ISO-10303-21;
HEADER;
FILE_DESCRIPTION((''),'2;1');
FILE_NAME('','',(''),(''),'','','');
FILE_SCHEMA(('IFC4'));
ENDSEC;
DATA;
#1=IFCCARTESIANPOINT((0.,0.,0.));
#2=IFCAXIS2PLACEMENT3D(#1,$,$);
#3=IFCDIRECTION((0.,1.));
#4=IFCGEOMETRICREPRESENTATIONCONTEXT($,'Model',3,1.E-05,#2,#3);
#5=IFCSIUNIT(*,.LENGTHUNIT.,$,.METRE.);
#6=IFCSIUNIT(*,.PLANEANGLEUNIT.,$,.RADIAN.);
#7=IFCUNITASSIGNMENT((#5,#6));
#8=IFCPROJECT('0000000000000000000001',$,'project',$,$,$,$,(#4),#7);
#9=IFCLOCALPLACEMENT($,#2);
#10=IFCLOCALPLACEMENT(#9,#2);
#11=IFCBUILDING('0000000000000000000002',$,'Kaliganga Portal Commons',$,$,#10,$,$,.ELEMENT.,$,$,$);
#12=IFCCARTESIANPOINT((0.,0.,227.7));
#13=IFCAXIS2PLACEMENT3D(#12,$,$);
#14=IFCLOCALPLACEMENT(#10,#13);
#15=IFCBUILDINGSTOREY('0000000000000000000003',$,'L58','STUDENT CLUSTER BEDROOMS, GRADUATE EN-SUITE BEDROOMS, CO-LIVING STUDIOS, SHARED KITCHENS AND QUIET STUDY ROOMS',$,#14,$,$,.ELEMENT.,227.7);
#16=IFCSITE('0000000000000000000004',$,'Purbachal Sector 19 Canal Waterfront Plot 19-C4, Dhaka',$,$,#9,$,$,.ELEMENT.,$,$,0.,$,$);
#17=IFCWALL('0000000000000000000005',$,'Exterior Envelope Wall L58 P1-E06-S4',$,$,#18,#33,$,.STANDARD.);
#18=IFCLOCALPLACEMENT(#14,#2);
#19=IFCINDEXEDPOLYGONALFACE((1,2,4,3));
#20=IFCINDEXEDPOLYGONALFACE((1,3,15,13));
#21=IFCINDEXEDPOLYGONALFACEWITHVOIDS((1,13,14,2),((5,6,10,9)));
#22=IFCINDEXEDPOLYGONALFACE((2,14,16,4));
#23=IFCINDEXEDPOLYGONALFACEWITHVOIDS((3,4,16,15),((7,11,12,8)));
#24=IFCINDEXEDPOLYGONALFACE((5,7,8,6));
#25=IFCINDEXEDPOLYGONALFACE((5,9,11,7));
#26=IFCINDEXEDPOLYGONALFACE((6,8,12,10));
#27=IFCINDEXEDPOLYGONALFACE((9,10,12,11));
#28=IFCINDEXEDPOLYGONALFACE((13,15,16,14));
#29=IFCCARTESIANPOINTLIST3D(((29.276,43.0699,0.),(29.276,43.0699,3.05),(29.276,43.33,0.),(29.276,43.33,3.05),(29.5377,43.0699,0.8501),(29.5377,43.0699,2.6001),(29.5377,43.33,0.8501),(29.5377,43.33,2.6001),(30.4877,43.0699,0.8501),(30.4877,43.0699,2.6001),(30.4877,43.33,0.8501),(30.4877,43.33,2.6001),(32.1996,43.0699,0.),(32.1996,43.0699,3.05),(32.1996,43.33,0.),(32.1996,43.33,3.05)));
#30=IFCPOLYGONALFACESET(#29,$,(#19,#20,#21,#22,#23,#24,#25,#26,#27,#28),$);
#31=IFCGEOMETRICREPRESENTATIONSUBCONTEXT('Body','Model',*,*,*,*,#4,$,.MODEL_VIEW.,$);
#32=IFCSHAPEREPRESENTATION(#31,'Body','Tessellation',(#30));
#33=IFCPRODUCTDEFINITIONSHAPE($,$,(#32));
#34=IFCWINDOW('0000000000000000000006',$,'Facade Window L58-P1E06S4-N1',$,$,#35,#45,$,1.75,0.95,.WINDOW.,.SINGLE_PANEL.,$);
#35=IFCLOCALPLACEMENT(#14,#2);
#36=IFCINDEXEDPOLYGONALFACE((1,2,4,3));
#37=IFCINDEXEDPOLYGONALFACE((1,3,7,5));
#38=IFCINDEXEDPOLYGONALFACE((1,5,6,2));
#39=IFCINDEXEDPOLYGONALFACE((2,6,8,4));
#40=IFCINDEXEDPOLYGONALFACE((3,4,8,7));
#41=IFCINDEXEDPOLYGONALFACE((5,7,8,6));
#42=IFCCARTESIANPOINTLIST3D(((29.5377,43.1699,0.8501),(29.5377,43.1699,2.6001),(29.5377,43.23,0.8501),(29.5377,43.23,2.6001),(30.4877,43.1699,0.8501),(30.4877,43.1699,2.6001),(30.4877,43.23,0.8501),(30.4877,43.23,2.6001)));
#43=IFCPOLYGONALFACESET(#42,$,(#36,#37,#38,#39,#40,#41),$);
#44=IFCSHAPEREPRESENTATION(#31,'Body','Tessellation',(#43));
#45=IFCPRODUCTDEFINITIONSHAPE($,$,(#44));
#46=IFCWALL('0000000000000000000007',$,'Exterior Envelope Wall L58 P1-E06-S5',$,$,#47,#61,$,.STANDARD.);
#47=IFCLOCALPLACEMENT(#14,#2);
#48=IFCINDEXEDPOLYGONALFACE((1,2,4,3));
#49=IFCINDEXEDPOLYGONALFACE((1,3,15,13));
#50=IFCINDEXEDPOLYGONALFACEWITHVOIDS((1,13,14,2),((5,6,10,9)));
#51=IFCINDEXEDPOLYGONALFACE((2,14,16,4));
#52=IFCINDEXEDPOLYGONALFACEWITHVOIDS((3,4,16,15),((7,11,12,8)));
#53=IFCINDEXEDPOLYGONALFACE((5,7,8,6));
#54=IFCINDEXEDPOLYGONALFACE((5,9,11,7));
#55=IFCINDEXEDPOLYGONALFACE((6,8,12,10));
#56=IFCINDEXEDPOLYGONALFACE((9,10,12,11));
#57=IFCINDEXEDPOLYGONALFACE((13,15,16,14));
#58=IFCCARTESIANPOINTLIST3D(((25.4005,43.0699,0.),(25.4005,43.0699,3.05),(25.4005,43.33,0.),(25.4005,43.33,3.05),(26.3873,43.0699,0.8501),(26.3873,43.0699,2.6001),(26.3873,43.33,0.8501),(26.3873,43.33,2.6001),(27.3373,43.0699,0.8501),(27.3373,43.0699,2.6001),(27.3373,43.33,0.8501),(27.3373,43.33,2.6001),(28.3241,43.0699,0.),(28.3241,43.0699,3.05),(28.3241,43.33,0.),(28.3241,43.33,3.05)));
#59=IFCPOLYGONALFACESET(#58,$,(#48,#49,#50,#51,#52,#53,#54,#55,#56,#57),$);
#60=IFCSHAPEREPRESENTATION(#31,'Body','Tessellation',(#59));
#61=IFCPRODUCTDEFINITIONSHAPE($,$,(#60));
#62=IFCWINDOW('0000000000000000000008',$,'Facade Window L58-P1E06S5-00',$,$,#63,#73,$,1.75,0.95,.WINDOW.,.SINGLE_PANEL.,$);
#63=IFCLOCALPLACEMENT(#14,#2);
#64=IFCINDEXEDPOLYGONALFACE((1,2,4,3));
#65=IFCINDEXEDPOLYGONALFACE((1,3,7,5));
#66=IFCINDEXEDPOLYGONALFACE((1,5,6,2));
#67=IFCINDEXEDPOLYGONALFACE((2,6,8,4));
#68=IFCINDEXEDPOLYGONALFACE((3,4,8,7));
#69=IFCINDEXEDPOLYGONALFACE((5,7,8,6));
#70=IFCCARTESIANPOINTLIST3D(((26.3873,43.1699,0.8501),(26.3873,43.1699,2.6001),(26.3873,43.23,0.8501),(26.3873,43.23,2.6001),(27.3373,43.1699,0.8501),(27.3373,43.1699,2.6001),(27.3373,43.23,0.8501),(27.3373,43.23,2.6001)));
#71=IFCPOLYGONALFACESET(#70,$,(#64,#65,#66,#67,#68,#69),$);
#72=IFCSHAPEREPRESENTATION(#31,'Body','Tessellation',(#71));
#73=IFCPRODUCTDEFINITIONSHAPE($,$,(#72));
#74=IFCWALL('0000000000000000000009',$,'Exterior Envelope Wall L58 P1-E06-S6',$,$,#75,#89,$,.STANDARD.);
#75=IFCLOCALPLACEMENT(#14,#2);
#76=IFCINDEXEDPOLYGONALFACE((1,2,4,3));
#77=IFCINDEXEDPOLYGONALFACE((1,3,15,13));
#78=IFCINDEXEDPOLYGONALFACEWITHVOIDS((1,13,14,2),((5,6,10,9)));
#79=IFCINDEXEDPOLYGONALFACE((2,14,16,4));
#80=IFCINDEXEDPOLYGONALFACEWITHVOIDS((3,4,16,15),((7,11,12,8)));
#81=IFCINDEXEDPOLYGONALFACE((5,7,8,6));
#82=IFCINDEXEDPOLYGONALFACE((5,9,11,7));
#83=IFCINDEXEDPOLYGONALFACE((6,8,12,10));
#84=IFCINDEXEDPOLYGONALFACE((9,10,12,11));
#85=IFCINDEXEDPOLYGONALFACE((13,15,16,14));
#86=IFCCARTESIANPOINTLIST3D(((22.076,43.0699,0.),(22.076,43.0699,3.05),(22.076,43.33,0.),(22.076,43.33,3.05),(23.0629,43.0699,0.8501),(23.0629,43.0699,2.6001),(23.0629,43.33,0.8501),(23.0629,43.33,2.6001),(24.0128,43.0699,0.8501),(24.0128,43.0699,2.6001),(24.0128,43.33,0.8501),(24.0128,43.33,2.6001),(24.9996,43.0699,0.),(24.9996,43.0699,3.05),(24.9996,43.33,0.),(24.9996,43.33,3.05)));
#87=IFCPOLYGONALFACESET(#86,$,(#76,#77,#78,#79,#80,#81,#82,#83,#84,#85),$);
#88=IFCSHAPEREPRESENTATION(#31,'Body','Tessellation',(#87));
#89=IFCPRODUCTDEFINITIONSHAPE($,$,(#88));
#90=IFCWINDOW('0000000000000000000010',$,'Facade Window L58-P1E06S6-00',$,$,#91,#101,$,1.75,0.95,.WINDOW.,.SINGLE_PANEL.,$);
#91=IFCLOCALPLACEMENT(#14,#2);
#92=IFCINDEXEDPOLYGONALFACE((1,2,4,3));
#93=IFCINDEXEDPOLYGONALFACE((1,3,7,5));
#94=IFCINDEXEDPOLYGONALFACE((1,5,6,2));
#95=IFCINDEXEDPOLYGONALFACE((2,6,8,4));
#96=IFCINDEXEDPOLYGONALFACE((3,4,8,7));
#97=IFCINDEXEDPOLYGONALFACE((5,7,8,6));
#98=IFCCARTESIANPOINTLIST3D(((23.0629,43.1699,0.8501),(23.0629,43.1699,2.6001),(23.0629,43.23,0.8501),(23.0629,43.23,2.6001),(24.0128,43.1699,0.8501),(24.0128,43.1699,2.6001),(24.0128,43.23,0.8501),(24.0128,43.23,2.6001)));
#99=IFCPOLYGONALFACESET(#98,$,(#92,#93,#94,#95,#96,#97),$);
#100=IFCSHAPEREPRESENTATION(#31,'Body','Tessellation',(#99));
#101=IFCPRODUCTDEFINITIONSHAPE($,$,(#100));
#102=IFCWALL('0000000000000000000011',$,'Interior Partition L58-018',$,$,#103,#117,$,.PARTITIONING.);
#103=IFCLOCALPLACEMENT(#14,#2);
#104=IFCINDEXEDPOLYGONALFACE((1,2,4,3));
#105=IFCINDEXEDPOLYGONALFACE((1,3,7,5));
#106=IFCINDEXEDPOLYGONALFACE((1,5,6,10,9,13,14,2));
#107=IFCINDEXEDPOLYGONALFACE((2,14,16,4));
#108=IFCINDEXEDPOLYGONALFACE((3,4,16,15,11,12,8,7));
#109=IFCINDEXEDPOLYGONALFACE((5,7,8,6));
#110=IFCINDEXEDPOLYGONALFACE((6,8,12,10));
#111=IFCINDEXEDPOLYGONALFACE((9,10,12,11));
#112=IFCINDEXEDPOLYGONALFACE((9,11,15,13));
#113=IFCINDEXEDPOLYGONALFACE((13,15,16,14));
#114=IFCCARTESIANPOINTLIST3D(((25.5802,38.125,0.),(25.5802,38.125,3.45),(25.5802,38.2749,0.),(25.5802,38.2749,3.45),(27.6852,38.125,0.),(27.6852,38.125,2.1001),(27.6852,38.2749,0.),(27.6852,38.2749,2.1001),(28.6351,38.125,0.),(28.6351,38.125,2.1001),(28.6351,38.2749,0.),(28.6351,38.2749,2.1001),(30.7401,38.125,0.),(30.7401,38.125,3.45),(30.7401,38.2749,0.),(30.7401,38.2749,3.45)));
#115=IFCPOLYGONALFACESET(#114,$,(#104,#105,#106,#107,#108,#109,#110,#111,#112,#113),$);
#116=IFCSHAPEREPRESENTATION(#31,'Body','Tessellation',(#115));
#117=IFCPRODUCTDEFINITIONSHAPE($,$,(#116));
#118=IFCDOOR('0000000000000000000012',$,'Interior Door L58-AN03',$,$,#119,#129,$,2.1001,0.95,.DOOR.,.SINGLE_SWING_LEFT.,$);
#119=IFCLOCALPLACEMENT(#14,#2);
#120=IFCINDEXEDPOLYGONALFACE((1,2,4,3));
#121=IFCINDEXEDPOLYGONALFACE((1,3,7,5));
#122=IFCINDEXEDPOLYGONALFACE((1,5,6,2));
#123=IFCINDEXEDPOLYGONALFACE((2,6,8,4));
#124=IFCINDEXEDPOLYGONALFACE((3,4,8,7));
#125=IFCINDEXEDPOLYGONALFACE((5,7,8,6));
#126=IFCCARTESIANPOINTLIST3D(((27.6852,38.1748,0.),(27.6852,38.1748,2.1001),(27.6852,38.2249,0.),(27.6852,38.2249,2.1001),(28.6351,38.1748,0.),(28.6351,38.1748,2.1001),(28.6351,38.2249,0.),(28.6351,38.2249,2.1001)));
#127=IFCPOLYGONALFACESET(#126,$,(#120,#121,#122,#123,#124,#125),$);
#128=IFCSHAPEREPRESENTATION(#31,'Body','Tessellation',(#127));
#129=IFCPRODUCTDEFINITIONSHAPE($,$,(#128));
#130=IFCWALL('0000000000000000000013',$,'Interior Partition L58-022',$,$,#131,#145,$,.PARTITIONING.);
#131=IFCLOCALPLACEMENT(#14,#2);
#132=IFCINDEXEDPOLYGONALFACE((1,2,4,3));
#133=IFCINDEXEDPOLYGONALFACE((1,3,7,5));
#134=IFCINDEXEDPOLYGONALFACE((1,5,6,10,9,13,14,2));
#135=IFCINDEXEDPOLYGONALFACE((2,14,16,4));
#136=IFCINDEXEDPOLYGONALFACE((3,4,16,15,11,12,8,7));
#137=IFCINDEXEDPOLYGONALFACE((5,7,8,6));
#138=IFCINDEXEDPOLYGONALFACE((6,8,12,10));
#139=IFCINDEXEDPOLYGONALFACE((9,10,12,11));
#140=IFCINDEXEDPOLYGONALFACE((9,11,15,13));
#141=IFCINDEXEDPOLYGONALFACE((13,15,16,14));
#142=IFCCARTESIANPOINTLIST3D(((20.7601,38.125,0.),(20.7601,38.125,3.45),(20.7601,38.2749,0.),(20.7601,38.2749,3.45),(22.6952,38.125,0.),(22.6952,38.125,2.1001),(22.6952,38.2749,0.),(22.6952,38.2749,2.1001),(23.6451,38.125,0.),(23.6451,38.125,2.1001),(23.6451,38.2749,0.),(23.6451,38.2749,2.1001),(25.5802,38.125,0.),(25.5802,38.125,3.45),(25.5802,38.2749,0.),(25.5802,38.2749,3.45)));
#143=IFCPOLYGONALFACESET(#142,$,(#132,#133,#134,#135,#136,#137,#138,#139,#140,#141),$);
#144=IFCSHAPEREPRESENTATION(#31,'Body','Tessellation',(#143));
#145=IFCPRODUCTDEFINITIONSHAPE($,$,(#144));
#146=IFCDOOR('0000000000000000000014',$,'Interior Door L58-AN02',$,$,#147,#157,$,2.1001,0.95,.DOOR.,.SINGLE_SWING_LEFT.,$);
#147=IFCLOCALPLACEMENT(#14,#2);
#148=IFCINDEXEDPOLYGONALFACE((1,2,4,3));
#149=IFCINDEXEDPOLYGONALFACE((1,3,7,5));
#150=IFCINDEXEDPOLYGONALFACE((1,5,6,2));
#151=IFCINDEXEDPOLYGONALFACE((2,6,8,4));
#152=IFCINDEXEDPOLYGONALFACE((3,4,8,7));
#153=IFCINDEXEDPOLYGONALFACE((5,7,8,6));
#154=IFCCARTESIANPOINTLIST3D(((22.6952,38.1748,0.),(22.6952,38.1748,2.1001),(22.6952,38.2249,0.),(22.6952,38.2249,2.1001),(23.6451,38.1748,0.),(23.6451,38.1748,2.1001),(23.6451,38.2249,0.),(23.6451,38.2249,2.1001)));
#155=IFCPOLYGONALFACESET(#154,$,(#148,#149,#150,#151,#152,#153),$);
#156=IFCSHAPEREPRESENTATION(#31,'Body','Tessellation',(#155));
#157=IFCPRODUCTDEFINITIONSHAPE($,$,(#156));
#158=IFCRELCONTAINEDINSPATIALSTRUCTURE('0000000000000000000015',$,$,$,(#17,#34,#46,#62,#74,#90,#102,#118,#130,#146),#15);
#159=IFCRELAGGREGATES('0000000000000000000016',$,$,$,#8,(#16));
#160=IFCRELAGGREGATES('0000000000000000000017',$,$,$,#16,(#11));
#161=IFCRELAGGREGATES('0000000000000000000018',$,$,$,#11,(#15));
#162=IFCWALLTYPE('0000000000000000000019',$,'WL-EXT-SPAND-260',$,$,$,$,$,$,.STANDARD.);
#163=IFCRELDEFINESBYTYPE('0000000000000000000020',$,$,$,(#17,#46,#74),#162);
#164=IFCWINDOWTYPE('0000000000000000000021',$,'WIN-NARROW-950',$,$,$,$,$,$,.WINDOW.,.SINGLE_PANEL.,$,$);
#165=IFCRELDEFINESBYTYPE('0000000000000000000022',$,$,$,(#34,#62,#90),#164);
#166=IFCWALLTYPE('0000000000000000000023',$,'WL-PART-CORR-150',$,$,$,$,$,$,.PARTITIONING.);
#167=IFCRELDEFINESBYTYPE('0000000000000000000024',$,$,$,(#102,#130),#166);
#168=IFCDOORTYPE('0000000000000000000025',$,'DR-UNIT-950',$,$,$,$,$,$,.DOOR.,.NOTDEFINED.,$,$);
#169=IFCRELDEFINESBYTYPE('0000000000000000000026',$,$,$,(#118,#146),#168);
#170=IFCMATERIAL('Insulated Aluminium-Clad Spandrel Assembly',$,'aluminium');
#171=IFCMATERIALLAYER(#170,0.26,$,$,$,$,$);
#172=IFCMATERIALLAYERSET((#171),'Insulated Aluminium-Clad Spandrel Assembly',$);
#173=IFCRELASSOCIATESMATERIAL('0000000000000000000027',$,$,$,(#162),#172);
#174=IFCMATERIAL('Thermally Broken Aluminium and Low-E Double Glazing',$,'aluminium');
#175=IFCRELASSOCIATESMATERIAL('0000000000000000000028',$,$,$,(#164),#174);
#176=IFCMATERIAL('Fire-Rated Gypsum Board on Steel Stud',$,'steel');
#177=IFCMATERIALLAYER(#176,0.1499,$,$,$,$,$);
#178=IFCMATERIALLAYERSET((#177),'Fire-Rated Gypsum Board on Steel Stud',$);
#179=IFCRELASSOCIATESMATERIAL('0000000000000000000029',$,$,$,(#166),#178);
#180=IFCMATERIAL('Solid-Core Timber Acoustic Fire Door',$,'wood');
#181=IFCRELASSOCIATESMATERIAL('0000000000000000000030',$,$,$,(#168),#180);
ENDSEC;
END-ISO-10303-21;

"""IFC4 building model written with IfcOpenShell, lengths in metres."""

from ifc_helpers import new_model, si_unit, direction, frame, frame_2d, origin, place, context, subcontext, project, spatial, rectangle, extrude, material, layer, layer_set, type_object, element, fill, save


model = new_model("IFC4")

# Units and contexts
model_context = context("Model", 3, precision=1e-05, world=origin(), true_north=direction((0.0, 1.0)))
body_context = subcontext(model_context, "Body", "Model", "MODEL_VIEW")
ifc_project = project(units=[si_unit("LENGTHUNIT", "METRE"), si_unit("PLANEANGLEUNIT", "RADIAN")], contexts=[model_context])

# Site, building, storey
site_placement = place(None, origin())
site = spatial("IfcSite", under=ifc_project, at=site_placement, Name="Purbachal Sector 19 Canal Waterfront Plot 19-C4, Dhaka", CompositionType="ELEMENT", RefElevation=0.0)
building_placement = place(site_placement, origin())
building = spatial("IfcBuilding", under=site, at=building_placement, Name="Kaliganga Portal Commons", CompositionType="ELEMENT")
storey_placement = place(building_placement, frame((0.0, 0.0, 227.7)))
storey = spatial("IfcBuildingStorey", under=building, at=storey_placement, Name="L58", Description="STUDENT CLUSTER BEDROOMS, GRADUATE EN-SUITE BEDROOMS, CO-LIVING STUDIOS, SHARED KITCHENS AND QUIET STUDY ROOMS", CompositionType="ELEMENT", Elevation=227.7)

# Walls, openings, windows
ifc_material_1 = material(Name="Insulated Aluminium-Clad Spandrel Assembly", Category="aluminium")
ifc_layer_1 = layer(ifc_material_1, 0.26)
ifc_layer_set_1 = layer_set([ifc_layer_1], Name="Insulated Aluminium-Clad Spandrel Assembly")
wall_type_1 = type_object("IfcWallType", Name="WL-EXT-SPAND-260", PredefinedType="STANDARD", material=ifc_layer_set_1)
wall_1_placement = place(storey_placement, frame((29.2759, 43.2, 0.0), z_axis=(0.0, 0.0, 1.0), x_axis=(1.0, 0.0, 0.0)))
wall_1 = element("IfcWall", 1, at=wall_1_placement, inside=storey, type_object=wall_type_1, Name="Exterior Envelope Wall L58 P1-E06-S4", PredefinedType="STANDARD", context=body_context, shape_type="SweptSolid", body=[
    extrude(rectangle(XDim=2.9236, YDim=0.26, at=frame_2d((1.4619, 0.0))), origin(), (0.0, 0.0, 1.0), 3.05),
])
opening_1_placement = place(wall_1_placement, frame((0.2617, 0.0, 0.8501)))
opening_1 = element("IfcOpeningElement", 2, at=opening_1_placement, cuts=wall_1, PredefinedType="OPENING", context=body_context, shape_type="SweptSolid", body=[
    extrude(rectangle(XDim=0.95, YDim=1.75, at=frame_2d((0.4751, 0.875))), frame((0.0, 0.1401, 0.0), z_axis=(0.0, -1.0, 0.0), x_axis=(1.0, 0.0, 0.0)), (0.0, 0.0, 1.0), 0.28),
])
ifc_material_2 = material(Name="Thermally Broken Aluminium and Low-E Double Glazing", Category="aluminium")
window_type = type_object("IfcWindowType", Name="WIN-NARROW-950", PartitioningType="SINGLE_PANEL", PredefinedType="WINDOW", material=ifc_material_2)
window_1_placement = place(opening_1_placement, origin())
window_1 = element("IfcWindow", 3, at=window_1_placement, inside=storey, type_object=window_type, Name="Facade Window L58-P1E06S4-N1", OverallHeight=1.75, OverallWidth=0.95, PartitioningType="SINGLE_PANEL", PredefinedType="WINDOW", context=body_context, shape_type="SweptSolid", body=[
    extrude(rectangle(XDim=0.95, YDim=1.75, at=frame_2d((0.4751, 0.875))), frame((0.0, 0.03, 0.0), z_axis=(0.0, -1.0, 0.0), x_axis=(1.0, 0.0, 0.0)), (0.0, 0.0, 1.0), 0.0601),
])
fill(opening_1, window_1)
wall_2_placement = place(storey_placement, frame((25.4004, 43.2, 0.0), z_axis=(0.0, 0.0, 1.0), x_axis=(1.0, 0.0, 0.0)))
wall_2 = element("IfcWall", 4, at=wall_2_placement, inside=storey, type_object=wall_type_1, Name="Exterior Envelope Wall L58 P1-E06-S5", PredefinedType="STANDARD", context=body_context, shape_type="SweptSolid", body=[
    extrude(rectangle(XDim=2.9236, YDim=0.26, at=frame_2d((1.4619, 0.0))), origin(), (0.0, 0.0, 1.0), 3.05),
])
opening_2_placement = place(wall_2_placement, frame((0.9868, 0.0, 0.8501)))
opening_2 = element("IfcOpeningElement", 5, at=opening_2_placement, cuts=wall_2, PredefinedType="OPENING", context=body_context, shape_type="SweptSolid", body=[
    extrude(rectangle(XDim=0.95, YDim=1.75, at=frame_2d((0.4751, 0.875))), frame((0.0, 0.1401, 0.0), z_axis=(0.0, -1.0, 0.0), x_axis=(1.0, 0.0, 0.0)), (0.0, 0.0, 1.0), 0.28),
])
window_2_placement = place(opening_2_placement, origin())
window_2 = element("IfcWindow", 6, at=window_2_placement, inside=storey, type_object=window_type, Name="Facade Window L58-P1E06S5-00", OverallHeight=1.75, OverallWidth=0.95, PartitioningType="SINGLE_PANEL", PredefinedType="WINDOW", context=body_context, shape_type="SweptSolid", body=[
    extrude(rectangle(XDim=0.95, YDim=1.75, at=frame_2d((0.4751, 0.875))), frame((0.0, 0.03, 0.0), z_axis=(0.0, -1.0, 0.0), x_axis=(1.0, 0.0, 0.0)), (0.0, 0.0, 1.0), 0.0601),
])
fill(opening_2, window_2)
wall_3_placement = place(storey_placement, frame((22.0759, 43.2, 0.0), z_axis=(0.0, 0.0, 1.0), x_axis=(1.0, 0.0, 0.0)))
wall_3 = element("IfcWall", 7, at=wall_3_placement, inside=storey, type_object=wall_type_1, Name="Exterior Envelope Wall L58 P1-E06-S6", PredefinedType="STANDARD", context=body_context, shape_type="SweptSolid", body=[
    extrude(rectangle(XDim=2.9236, YDim=0.26, at=frame_2d((1.4619, 0.0))), origin(), (0.0, 0.0, 1.0), 3.05),
])
opening_3_placement = place(wall_3_placement, frame((0.9868, 0.0, 0.8501)))
opening_3 = element("IfcOpeningElement", 8, at=opening_3_placement, cuts=wall_3, PredefinedType="OPENING", context=body_context, shape_type="SweptSolid", body=[
    extrude(rectangle(XDim=0.95, YDim=1.75, at=frame_2d((0.4751, 0.875))), frame((0.0, 0.1401, 0.0), z_axis=(0.0, -1.0, 0.0), x_axis=(1.0, 0.0, 0.0)), (0.0, 0.0, 1.0), 0.28),
])
window_3_placement = place(opening_3_placement, origin())
window_3 = element("IfcWindow", 9, at=window_3_placement, inside=storey, type_object=window_type, Name="Facade Window L58-P1E06S6-00", OverallHeight=1.75, OverallWidth=0.95, PartitioningType="SINGLE_PANEL", PredefinedType="WINDOW", context=body_context, shape_type="SweptSolid", body=[
    extrude(rectangle(XDim=0.95, YDim=1.75, at=frame_2d((0.4751, 0.875))), frame((0.0, 0.03, 0.0), z_axis=(0.0, -1.0, 0.0), x_axis=(1.0, 0.0, 0.0)), (0.0, 0.0, 1.0), 0.0601),
])
fill(opening_3, window_3)

# Walls, openings, doors
ifc_material_3 = material(Name="Fire-Rated Gypsum Board on Steel Stud", Category="steel")
ifc_layer_2 = layer(ifc_material_3, 0.1499)
ifc_layer_set_2 = layer_set([ifc_layer_2], Name="Fire-Rated Gypsum Board on Steel Stud")
wall_type_2 = type_object("IfcWallType", Name="WL-PART-CORR-150", PredefinedType="PARTITIONING", material=ifc_layer_set_2)
wall_4_placement = place(storey_placement, frame((25.5801, 38.2, 0.0), z_axis=(0.0, 0.0, 1.0), x_axis=(1.0, 0.0, 0.0)))
wall_4 = element("IfcWall", 10, at=wall_4_placement, inside=storey, type_object=wall_type_2, Name="Interior Partition L58-018", PredefinedType="PARTITIONING", context=body_context, shape_type="SweptSolid", body=[
    extrude(rectangle(XDim=5.1599, YDim=0.1499, at=frame_2d((2.5801, 0.0))), origin(), (0.0, 0.0, 1.0), 3.45),
])
opening_4_placement = place(wall_4_placement, frame((2.105, 0.0, 0.0)))
opening_4 = element("IfcOpeningElement", 11, at=opening_4_placement, cuts=wall_4, PredefinedType="OPENING", context=body_context, shape_type="SweptSolid", body=[
    extrude(rectangle(XDim=0.95, YDim=2.1001, at=frame_2d((0.4751, 1.05))), frame((0.0, 0.085, 0.0), z_axis=(0.0, -1.0, 0.0), x_axis=(1.0, 0.0, 0.0)), (0.0, 0.0, 1.0), 0.1699),
])
ifc_material_4 = material(Name="Solid-Core Timber Acoustic Fire Door", Category="wood")
door_type_1 = type_object("IfcDoorType", Name="DR-UNIT-950", OperationType="NOTDEFINED", PredefinedType="DOOR", material=ifc_material_4)
door_1_placement = place(opening_4_placement, origin())
door_1 = element("IfcDoor", 12, at=door_1_placement, inside=storey, type_object=door_type_1, Name="Interior Door L58-AN03", OperationType="SINGLE_SWING_LEFT", OverallHeight=2.1001, OverallWidth=0.95, PredefinedType="DOOR", context=body_context, shape_type="SweptSolid", body=[
    extrude(rectangle(XDim=0.95, YDim=2.1001, at=frame_2d((0.4751, 1.05))), frame((0.0, 0.0249, 0.0), z_axis=(0.0, -1.0, 0.0), x_axis=(1.0, 0.0, 0.0)), (0.0, 0.0, 1.0), 0.05),
])
fill(opening_4, door_1)
wall_5_placement = place(storey_placement, frame((20.76, 38.2, 0.0), z_axis=(0.0, 0.0, 1.0), x_axis=(1.0, 0.0, 0.0)))
wall_5 = element("IfcWall", 13, at=wall_5_placement, inside=storey, type_object=wall_type_2, Name="Interior Partition L58-022", PredefinedType="PARTITIONING", context=body_context, shape_type="SweptSolid", body=[
    extrude(rectangle(XDim=4.8201, YDim=0.1499, at=frame_2d((2.4102, 0.0))), origin(), (0.0, 0.0, 1.0), 3.45),
])
opening_5_placement = place(wall_5_placement, frame((1.9351, 0.0, 0.0)))
opening_5 = element("IfcOpeningElement", 14, at=opening_5_placement, cuts=wall_5, PredefinedType="OPENING", context=body_context, shape_type="SweptSolid", body=[
    extrude(rectangle(XDim=0.95, YDim=2.1001, at=frame_2d((0.4751, 1.05))), frame((0.0, 0.085, 0.0), z_axis=(0.0, -1.0, 0.0), x_axis=(1.0, 0.0, 0.0)), (0.0, 0.0, 1.0), 0.1699),
])
door_2_placement = place(opening_5_placement, origin())
door_2 = element("IfcDoor", 15, at=door_2_placement, inside=storey, type_object=door_type_1, Name="Interior Door L58-AN02", OperationType="SINGLE_SWING_LEFT", OverallHeight=2.1001, OverallWidth=0.95, PredefinedType="DOOR", context=body_context, shape_type="SweptSolid", body=[
    extrude(rectangle(XDim=0.95, YDim=2.1001, at=frame_2d((0.4751, 1.05))), frame((0.0, 0.0249, 0.0), z_axis=(0.0, -1.0, 0.0), x_axis=(1.0, 0.0, 0.0)), (0.0, 0.0, 1.0), 0.05),
])
fill(opening_5, door_2)

save(model, "model.ifc")
